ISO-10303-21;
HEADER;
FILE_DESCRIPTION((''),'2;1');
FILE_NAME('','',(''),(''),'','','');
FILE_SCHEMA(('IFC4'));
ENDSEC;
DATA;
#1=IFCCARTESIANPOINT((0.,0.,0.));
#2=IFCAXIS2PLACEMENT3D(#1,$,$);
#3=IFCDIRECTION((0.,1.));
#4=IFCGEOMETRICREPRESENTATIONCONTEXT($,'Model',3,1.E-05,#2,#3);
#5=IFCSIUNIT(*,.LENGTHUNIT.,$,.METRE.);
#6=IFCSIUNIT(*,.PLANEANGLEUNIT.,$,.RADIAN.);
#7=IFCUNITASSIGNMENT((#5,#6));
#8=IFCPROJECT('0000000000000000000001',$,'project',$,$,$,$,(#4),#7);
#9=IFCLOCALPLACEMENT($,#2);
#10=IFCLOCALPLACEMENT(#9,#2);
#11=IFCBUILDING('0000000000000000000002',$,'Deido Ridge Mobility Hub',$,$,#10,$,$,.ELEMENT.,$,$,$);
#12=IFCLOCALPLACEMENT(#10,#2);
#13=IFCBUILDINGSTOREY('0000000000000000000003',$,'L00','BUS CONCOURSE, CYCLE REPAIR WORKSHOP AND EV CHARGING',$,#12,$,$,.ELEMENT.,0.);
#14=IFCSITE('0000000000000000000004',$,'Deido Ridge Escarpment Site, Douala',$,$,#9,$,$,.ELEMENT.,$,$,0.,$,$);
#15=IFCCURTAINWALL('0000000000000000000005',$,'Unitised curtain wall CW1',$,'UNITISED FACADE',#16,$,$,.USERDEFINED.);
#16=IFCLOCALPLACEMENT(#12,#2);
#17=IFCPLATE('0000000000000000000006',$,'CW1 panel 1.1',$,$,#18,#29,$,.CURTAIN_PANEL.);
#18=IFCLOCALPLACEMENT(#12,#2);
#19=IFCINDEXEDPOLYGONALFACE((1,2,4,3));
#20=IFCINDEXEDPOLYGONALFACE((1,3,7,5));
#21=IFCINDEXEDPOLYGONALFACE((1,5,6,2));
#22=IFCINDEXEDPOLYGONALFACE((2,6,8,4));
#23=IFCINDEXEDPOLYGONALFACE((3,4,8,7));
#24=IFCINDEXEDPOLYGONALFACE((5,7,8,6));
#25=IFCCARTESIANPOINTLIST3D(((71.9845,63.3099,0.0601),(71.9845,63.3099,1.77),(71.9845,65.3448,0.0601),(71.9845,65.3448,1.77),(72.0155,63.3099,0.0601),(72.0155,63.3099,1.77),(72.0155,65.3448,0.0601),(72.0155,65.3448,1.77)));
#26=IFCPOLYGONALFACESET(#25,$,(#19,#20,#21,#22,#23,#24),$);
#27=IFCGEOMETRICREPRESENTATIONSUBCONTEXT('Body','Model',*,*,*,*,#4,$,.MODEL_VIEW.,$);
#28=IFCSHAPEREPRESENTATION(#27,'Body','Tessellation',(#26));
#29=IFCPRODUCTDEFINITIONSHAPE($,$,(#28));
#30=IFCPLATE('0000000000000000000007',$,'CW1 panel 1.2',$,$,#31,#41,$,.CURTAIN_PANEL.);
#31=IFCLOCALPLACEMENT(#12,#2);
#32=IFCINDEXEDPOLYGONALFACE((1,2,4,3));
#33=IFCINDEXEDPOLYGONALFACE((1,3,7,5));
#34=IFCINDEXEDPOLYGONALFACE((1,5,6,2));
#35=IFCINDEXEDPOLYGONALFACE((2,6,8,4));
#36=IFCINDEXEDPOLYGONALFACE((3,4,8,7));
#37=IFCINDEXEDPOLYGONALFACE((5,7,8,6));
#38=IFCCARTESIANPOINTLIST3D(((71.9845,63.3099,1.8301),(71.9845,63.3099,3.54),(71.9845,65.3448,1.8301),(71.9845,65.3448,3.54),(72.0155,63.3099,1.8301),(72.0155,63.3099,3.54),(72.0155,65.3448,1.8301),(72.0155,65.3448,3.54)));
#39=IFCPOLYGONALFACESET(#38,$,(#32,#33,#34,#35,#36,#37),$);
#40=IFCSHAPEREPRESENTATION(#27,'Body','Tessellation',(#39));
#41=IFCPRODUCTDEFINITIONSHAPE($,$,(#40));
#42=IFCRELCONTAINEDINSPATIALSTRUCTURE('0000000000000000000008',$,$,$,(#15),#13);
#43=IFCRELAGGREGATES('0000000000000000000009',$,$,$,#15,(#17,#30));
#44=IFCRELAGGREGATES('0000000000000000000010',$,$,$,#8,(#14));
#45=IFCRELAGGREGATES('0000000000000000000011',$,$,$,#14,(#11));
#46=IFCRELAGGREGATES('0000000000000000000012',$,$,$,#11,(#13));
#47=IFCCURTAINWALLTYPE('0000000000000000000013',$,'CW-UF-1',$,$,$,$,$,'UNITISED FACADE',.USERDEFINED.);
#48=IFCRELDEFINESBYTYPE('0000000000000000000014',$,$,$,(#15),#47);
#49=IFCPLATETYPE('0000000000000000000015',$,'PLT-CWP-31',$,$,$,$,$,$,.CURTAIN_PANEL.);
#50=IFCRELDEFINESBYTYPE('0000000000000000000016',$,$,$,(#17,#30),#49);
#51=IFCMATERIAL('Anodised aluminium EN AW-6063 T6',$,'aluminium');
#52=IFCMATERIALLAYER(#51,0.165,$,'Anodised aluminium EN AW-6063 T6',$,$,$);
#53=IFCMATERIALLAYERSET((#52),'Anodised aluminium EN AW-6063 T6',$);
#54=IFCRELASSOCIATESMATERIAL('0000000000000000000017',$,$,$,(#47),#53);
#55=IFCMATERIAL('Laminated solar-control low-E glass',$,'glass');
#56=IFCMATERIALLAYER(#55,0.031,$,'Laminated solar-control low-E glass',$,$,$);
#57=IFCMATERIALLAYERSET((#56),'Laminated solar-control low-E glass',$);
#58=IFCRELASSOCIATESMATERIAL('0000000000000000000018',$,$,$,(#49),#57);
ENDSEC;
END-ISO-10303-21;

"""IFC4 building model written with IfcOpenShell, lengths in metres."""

from ifc_helpers import new_model, si_unit, direction, frame, origin, origin_2d, place, context, subcontext, project, spatial, rectangle, extrude, material, layer, layer_set, type_object, element, aggregate, save


model = new_model("IFC4")

# Units and contexts
model_context = context("Model", 3, precision=1e-05, world=origin(), true_north=direction((0.0, 1.0)))
body_context = subcontext(model_context, "Body", "Model", "MODEL_VIEW")
ifc_project = project(units=[si_unit("LENGTHUNIT", "METRE"), si_unit("PLANEANGLEUNIT", "RADIAN")], contexts=[model_context])

# Site, building, storey
site_placement = place(None, origin())
site = spatial("IfcSite", under=ifc_project, at=site_placement, Name="Deido Ridge Escarpment Site, Douala", CompositionType="ELEMENT", RefElevation=0.0)
building_placement = place(site_placement, origin())
building = spatial("IfcBuilding", under=site, at=building_placement, Name="Deido Ridge Mobility Hub", CompositionType="ELEMENT")
storey_placement = place(building_placement, origin())
storey = spatial("IfcBuildingStorey", under=building, at=storey_placement, Name="L00", Description="BUS CONCOURSE, CYCLE REPAIR WORKSHOP AND EV CHARGING", CompositionType="ELEMENT", Elevation=0.0)

# Curtain wall
ifc_material_1 = material(Name="Anodised aluminium EN AW-6063 T6", Category="aluminium")
ifc_layer_1 = layer(ifc_material_1, 0.165, Name="Anodised aluminium EN AW-6063 T6")
ifc_layer_set_1 = layer_set([ifc_layer_1], Name="Anodised aluminium EN AW-6063 T6")
curtain_wall_type = type_object("IfcCurtainWallType", Name="CW-UF-1", ElementType="UNITISED FACADE", PredefinedType="USERDEFINED", material=ifc_layer_set_1)
curtain_wall_1_placement = place(storey_placement, origin())
curtain_wall_1 = element("IfcCurtainWall", 1, at=curtain_wall_1_placement, inside=storey, type_object=curtain_wall_type, Name="Unitised curtain wall CW1", ObjectType="UNITISED FACADE", PredefinedType="USERDEFINED")

# Plates
ifc_material_2 = material(Name="Laminated solar-control low-E glass", Category="glass")
ifc_layer_2 = layer(ifc_material_2, 0.031, Name="Laminated solar-control low-E glass")
ifc_layer_set_2 = layer_set([ifc_layer_2], Name="Laminated solar-control low-E glass")
plate_type = type_object("IfcPlateType", Name="PLT-CWP-31", PredefinedType="CURTAIN_PANEL", material=ifc_layer_set_2)
plate_1_placement = place(storey_placement, frame((72.0, 64.3274, 0.0601), z_axis=(0.0, 0.0, 1.0), x_axis=(0.0, 1.0, 0.0)))
plate_1 = element("IfcPlate", 2, at=plate_1_placement, type_object=plate_type, Name="CW1 panel 1.1", PredefinedType="CURTAIN_PANEL", context=body_context, shape_type="SweptSolid", body=[
    extrude(rectangle(XDim=2.0349, YDim=0.031, at=origin_2d()), origin(), (0.0, 0.0, 1.0), 1.71),
])
plate_2_placement = place(storey_placement, frame((72.0, 64.3274, 1.8301), z_axis=(0.0, 0.0, 1.0), x_axis=(0.0, 1.0, 0.0)))
plate_2 = element("IfcPlate", 3, at=plate_2_placement, type_object=plate_type, Name="CW1 panel 1.2", PredefinedType="CURTAIN_PANEL", context=body_context, shape_type="SweptSolid", body=[
    extrude(rectangle(XDim=2.0349, YDim=0.031, at=origin_2d()), origin(), (0.0, 0.0, 1.0), 1.71),
])
aggregate(curtain_wall_1, [plate_1, plate_2])

save(model, "model.ifc")
